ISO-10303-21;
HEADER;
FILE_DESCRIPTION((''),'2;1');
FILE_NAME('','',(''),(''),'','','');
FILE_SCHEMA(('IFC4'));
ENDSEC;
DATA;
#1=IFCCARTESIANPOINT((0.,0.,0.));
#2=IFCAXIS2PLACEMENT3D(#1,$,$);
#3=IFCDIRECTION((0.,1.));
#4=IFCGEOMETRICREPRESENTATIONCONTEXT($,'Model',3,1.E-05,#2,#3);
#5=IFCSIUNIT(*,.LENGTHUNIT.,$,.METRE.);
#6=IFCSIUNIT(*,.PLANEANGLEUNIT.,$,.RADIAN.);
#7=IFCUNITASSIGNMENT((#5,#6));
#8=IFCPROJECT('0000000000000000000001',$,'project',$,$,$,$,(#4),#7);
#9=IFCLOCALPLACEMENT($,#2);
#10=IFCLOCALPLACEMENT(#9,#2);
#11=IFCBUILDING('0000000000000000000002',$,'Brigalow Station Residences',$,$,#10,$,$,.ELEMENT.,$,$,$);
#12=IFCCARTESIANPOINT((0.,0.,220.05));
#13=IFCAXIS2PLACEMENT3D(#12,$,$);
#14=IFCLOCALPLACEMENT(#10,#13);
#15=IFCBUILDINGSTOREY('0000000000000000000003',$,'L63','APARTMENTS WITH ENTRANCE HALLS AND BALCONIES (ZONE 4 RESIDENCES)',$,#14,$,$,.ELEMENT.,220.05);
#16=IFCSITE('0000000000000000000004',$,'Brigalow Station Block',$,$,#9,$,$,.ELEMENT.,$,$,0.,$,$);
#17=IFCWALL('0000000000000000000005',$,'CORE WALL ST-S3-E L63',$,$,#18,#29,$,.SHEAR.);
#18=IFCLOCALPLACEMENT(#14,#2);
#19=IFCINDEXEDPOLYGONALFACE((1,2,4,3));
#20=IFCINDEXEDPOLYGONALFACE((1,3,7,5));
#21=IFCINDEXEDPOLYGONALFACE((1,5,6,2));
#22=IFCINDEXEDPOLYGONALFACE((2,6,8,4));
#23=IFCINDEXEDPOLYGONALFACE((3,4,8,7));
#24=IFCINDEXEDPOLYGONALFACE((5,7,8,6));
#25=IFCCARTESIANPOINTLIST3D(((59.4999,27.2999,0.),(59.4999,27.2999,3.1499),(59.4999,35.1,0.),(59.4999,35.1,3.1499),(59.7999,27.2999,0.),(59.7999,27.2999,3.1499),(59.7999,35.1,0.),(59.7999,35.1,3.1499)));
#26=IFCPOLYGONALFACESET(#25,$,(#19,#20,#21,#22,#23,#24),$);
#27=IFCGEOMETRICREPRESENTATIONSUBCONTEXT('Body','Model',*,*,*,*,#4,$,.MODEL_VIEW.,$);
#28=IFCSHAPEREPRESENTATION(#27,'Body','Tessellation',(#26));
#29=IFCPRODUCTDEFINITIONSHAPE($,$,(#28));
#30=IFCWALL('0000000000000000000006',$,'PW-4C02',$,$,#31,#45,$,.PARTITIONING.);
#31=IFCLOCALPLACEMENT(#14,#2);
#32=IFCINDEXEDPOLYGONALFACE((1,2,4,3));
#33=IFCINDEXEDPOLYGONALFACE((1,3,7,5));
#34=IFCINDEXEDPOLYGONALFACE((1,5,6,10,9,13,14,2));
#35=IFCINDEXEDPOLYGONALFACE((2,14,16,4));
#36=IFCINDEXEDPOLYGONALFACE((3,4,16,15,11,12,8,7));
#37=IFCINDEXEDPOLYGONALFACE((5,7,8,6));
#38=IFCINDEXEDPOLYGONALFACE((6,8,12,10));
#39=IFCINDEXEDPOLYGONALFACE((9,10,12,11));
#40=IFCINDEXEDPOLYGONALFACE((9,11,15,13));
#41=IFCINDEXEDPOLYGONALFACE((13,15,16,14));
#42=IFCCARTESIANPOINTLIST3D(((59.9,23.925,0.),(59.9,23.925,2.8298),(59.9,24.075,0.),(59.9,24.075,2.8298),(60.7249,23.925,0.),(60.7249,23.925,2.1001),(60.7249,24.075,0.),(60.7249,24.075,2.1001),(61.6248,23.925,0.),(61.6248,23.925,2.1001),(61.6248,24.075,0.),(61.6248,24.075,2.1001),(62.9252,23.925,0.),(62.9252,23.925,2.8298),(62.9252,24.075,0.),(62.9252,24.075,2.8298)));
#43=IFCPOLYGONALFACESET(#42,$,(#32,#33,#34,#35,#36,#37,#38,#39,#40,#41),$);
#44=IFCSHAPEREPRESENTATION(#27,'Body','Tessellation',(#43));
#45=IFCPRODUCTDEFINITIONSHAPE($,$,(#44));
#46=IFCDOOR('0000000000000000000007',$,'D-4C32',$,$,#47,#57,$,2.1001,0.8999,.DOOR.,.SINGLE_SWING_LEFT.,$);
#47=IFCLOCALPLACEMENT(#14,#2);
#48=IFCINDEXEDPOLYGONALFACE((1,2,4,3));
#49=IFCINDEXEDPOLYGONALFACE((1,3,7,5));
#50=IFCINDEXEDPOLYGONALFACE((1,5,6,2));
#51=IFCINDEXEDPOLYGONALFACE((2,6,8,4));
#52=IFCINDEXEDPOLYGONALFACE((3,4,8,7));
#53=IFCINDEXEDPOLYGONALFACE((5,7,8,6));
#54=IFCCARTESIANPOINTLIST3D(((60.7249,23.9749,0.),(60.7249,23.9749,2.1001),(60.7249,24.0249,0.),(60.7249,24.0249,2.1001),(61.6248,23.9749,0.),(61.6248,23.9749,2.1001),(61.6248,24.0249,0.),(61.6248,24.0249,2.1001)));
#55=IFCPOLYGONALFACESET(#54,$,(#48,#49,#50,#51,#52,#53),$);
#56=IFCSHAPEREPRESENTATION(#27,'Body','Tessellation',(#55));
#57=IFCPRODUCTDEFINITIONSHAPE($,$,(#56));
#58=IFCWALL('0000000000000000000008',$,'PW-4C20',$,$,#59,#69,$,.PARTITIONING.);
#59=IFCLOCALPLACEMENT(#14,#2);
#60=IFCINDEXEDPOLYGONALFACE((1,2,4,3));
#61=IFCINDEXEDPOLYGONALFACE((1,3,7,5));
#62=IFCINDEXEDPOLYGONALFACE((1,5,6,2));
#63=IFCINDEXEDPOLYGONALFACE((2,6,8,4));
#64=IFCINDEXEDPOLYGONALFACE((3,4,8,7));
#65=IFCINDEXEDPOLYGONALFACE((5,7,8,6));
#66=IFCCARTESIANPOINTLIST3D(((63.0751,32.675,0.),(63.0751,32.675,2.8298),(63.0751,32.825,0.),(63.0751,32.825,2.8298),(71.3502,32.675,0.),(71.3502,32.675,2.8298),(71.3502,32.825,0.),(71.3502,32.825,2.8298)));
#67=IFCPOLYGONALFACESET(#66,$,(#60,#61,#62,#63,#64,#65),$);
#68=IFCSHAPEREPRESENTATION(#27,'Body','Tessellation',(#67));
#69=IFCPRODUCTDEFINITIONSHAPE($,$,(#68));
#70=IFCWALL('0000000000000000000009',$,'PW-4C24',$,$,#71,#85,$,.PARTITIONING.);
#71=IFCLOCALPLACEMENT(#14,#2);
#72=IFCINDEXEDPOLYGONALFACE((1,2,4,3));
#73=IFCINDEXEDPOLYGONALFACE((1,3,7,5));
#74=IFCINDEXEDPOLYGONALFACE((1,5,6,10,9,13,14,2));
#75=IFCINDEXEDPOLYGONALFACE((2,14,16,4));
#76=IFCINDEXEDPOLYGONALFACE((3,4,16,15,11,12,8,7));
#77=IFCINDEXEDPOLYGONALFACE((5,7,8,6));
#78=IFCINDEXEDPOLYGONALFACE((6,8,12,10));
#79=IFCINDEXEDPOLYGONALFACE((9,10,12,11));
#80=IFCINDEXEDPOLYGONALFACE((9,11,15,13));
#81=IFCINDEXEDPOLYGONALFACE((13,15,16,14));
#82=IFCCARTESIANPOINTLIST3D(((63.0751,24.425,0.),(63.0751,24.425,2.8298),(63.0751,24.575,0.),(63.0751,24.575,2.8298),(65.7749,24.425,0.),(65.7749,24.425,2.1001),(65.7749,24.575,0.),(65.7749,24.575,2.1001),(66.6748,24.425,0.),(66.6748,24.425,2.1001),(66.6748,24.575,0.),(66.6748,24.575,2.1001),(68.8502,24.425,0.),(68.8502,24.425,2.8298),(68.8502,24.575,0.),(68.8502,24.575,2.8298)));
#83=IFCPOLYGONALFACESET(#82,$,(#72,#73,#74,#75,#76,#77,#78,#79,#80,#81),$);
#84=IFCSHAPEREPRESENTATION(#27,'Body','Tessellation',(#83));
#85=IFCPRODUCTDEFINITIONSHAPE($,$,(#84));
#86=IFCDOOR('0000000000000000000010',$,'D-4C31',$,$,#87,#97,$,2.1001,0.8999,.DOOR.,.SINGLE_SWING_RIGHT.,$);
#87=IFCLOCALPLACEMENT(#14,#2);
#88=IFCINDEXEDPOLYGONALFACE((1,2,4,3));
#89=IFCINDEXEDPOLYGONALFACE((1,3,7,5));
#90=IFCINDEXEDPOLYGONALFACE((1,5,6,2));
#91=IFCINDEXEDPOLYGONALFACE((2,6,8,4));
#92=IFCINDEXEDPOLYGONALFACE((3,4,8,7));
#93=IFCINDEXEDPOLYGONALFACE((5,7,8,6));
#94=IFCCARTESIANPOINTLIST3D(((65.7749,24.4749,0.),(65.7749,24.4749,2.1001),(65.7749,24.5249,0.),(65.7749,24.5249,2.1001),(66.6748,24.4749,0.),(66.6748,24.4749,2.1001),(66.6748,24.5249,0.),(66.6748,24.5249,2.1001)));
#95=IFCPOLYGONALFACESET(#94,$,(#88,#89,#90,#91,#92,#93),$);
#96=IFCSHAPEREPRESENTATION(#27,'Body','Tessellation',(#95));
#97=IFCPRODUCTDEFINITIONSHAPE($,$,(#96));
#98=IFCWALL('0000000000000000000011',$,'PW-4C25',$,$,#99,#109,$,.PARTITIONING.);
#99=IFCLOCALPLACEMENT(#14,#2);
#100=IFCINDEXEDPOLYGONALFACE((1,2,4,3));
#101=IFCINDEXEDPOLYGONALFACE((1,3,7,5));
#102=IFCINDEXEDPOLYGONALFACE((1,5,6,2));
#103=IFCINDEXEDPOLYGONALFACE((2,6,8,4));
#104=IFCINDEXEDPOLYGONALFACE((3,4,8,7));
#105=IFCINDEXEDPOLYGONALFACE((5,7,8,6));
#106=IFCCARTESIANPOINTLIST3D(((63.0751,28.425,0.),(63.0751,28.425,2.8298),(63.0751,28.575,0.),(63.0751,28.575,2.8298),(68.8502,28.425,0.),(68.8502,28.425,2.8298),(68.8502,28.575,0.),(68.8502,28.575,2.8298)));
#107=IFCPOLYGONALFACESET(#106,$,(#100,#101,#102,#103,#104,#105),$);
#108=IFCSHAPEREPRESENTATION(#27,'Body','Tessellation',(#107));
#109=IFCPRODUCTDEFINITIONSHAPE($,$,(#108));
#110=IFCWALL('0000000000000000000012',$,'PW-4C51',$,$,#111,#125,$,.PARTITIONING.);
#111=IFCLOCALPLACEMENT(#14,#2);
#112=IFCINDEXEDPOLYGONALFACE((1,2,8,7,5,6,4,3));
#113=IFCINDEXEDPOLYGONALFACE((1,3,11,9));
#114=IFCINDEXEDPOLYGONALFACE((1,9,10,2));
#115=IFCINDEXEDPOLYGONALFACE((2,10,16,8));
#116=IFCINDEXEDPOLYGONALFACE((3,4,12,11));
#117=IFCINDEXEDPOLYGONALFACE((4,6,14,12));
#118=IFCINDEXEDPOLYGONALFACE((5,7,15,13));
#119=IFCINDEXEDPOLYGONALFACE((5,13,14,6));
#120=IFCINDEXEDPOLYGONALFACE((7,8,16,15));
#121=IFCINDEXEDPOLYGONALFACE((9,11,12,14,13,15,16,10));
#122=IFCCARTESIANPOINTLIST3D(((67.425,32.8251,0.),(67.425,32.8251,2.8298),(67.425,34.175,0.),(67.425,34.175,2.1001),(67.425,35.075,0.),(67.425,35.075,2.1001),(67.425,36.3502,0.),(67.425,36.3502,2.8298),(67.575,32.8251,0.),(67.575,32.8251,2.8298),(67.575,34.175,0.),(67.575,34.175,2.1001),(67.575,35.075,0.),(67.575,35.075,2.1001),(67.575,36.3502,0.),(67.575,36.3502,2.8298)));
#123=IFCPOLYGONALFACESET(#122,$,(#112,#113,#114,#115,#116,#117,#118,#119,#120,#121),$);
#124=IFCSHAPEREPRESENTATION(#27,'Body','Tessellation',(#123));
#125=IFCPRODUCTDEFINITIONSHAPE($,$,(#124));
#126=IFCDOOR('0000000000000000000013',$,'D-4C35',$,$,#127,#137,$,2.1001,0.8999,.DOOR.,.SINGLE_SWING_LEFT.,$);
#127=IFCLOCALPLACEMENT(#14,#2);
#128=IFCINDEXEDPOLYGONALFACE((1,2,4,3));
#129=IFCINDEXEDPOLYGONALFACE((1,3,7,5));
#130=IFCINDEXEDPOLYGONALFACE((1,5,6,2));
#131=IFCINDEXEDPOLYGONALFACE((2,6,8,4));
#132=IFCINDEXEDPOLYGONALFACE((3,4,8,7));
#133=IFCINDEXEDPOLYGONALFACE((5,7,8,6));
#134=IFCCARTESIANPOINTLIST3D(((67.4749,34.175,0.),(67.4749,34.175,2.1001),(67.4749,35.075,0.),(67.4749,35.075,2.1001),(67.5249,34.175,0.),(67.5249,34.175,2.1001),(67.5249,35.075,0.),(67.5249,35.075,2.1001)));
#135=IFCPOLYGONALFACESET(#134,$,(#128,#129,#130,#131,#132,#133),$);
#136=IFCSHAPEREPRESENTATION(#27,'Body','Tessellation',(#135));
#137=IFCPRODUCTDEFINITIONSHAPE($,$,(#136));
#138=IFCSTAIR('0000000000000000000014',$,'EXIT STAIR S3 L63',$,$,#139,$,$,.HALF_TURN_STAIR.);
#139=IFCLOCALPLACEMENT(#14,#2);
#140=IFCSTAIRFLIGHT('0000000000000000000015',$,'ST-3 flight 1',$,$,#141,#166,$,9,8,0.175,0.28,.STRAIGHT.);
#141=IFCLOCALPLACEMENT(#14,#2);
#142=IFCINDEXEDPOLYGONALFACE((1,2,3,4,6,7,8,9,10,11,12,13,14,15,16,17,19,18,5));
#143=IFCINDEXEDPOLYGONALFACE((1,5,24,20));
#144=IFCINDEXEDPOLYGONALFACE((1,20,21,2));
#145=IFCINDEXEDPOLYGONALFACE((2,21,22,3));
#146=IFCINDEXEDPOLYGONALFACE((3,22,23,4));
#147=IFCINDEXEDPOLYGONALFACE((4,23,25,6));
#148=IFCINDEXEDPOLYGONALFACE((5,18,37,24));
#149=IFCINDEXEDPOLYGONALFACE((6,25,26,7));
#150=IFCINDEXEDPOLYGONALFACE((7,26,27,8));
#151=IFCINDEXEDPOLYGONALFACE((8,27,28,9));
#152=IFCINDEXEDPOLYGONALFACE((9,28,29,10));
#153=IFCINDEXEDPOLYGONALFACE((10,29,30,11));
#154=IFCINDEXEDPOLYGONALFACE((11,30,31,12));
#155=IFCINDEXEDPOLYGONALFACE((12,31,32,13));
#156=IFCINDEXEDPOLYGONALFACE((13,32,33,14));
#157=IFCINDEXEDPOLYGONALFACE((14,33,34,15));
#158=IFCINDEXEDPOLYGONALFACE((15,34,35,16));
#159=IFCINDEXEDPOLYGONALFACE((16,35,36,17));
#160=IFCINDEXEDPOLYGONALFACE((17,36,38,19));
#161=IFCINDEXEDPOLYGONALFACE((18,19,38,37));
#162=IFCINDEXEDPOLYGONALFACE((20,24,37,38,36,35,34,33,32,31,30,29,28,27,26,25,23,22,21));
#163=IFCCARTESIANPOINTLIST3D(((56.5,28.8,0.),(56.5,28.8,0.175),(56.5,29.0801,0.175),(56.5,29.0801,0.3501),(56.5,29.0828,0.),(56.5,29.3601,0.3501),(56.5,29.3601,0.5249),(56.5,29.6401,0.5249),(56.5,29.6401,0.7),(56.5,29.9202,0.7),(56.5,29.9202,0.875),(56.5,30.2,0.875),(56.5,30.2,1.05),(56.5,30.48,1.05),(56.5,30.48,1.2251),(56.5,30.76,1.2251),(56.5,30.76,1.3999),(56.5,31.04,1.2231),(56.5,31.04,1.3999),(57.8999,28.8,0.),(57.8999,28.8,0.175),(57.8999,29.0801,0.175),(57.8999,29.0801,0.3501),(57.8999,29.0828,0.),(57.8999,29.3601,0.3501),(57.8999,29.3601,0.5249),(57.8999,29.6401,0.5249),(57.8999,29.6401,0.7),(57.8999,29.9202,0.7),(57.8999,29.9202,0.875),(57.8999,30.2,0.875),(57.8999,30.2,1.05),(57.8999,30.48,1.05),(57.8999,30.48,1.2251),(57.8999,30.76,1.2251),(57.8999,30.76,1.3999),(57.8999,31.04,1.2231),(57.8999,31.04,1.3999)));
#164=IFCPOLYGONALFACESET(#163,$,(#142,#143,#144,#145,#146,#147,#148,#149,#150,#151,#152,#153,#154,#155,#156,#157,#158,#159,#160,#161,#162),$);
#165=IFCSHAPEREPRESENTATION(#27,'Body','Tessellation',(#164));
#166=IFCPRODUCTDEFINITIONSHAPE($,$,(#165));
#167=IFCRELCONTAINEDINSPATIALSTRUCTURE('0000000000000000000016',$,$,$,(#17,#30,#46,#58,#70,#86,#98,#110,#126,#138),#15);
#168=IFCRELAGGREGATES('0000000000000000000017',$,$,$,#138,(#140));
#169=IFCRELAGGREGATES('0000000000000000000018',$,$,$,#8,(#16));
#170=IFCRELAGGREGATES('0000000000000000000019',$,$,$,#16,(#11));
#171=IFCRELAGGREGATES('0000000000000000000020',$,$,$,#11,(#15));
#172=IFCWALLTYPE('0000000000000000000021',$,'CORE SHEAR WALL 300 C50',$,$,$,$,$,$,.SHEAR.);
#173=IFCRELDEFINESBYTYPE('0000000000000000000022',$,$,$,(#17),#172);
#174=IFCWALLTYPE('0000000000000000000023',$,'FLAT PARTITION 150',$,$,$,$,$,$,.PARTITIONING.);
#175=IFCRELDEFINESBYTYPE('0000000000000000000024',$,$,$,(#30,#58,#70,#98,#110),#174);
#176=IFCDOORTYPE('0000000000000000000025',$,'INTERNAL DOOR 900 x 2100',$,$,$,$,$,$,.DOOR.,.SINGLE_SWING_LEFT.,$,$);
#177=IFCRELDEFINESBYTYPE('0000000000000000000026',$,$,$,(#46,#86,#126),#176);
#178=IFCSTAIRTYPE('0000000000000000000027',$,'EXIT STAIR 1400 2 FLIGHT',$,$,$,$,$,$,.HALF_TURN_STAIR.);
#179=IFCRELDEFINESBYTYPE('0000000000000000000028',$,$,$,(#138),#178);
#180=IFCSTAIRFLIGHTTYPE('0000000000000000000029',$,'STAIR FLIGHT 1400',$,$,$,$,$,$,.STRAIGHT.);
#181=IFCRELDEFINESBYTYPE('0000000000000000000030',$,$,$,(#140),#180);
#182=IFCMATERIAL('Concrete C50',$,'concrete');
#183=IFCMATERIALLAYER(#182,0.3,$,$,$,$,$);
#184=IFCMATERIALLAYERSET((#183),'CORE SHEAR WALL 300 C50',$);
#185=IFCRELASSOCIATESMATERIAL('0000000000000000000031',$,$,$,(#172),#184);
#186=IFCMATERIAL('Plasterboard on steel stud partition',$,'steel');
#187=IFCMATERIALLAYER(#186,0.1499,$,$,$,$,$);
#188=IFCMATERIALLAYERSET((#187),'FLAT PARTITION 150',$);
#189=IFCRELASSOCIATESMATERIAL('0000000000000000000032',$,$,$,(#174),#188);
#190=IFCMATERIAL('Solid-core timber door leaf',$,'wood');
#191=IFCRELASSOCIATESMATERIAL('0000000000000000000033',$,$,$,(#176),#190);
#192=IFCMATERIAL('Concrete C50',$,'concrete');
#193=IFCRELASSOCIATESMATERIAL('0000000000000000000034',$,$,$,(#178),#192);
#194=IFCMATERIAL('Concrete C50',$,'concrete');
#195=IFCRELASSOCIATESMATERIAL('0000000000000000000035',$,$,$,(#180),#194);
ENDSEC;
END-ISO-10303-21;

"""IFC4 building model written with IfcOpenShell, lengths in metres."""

from ifc_helpers import new_model, si_unit, direction, frame, frame_2d, origin, place, context, subcontext, project, spatial, polyline, rectangle, outline, extrude, material, layer, layer_set, type_object, element, fill, aggregate, save


model = new_model("IFC4")

# Units and contexts
model_context = context("Model", 3, precision=1e-05, world=origin(), true_north=direction((0.0, 1.0)))
body_context = subcontext(model_context, "Body", "Model", "MODEL_VIEW")
ifc_project = project(units=[si_unit("LENGTHUNIT", "METRE"), si_unit("PLANEANGLEUNIT", "RADIAN")], contexts=[model_context])

# Site, building, storey
site_placement = place(None, origin())
site = spatial("IfcSite", under=ifc_project, at=site_placement, Name="Brigalow Station Block", CompositionType="ELEMENT", RefElevation=0.0)
building_placement = place(site_placement, origin())
building = spatial("IfcBuilding", under=site, at=building_placement, Name="Brigalow Station Residences", CompositionType="ELEMENT")
storey_placement = place(building_placement, frame((0.0, 0.0, 220.05)))
storey = spatial("IfcBuildingStorey", under=building, at=storey_placement, Name="L63", Description="APARTMENTS WITH ENTRANCE HALLS AND BALCONIES (ZONE 4 RESIDENCES)", CompositionType="ELEMENT", Elevation=220.05)

# Wall
ifc_material_1 = material(Name="Concrete C50", Category="concrete")
ifc_layer_1 = layer(ifc_material_1, 0.3)
ifc_layer_set_1 = layer_set([ifc_layer_1], Name="CORE SHEAR WALL 300 C50")
wall_type_1 = type_object("IfcWallType", Name="CORE SHEAR WALL 300 C50", PredefinedType="SHEAR", material=ifc_layer_set_1)
for number, where, z_axis, x_axis, name in (
    (1, (59.6499, 27.3, 0.0), (0.0, 0.0, 1.0), (0.0, 1.0, 0.0), "CORE WALL ST-S3-E L63"),
):
    element("IfcWall", number, at=place(storey_placement, frame(where, z_axis=z_axis, x_axis=x_axis)), inside=storey, type_object=wall_type_1, Name=name, PredefinedType="SHEAR", context=body_context, shape_type="SweptSolid", body=[
        extrude(rectangle(XDim=7.8, YDim=0.3, at=frame_2d((3.8999, 0.0))), origin(), (0.0, 0.0, 1.0), 3.1499),
    ])

# Wall, opening, door
ifc_material_2 = material(Name="Plasterboard on steel stud partition", Category="steel")
ifc_layer_2 = layer(ifc_material_2, 0.1499)
ifc_layer_set_2 = layer_set([ifc_layer_2], Name="FLAT PARTITION 150")
wall_type_2 = type_object("IfcWallType", Name="FLAT PARTITION 150", PredefinedType="PARTITIONING", material=ifc_layer_set_2)
wall_1_placement = place(storey_placement, frame((59.8999, 24.0, 0.0), z_axis=(0.0, 0.0, 1.0), x_axis=(1.0, 0.0, 0.0)))
wall_1 = element("IfcWall", 2, at=wall_1_placement, inside=storey, type_object=wall_type_2, Name="PW-4C02", PredefinedType="PARTITIONING", context=body_context, shape_type="SweptSolid", body=[
    extrude(rectangle(XDim=3.0251, YDim=0.1499, at=frame_2d((1.5127, 0.0))), origin(), (0.0, 0.0, 1.0), 2.8298),
])
opening_1_placement = place(wall_1_placement, frame((0.825, 0.0, 0.0)))
opening_1 = element("IfcOpeningElement", 3, at=opening_1_placement, cuts=wall_1, PredefinedType="OPENING", context=body_context, shape_type="SweptSolid", body=[
    extrude(rectangle(XDim=0.8999, YDim=2.1001, at=frame_2d((0.45, 1.05))), frame((0.0, 0.085, 0.0), z_axis=(0.0, -1.0, 0.0), x_axis=(1.0, 0.0, 0.0)), (0.0, 0.0, 1.0), 0.1699),
])
ifc_material_3 = material(Name="Solid-core timber door leaf", Category="wood")
door_type_1 = type_object("IfcDoorType", Name="INTERNAL DOOR 900 x 2100", OperationType="SINGLE_SWING_LEFT", PredefinedType="DOOR", material=ifc_material_3)
door_1_placement = place(opening_1_placement, origin())
door_1 = element("IfcDoor", 4, at=door_1_placement, inside=storey, type_object=door_type_1, Name="D-4C32", OperationType="SINGLE_SWING_LEFT", OverallHeight=2.1001, OverallWidth=0.8999, PredefinedType="DOOR", context=body_context, shape_type="SweptSolid", body=[
    extrude(rectangle(XDim=0.8999, YDim=2.1001, at=frame_2d((0.45, 1.05))), frame((0.0, 0.0249, 0.0), z_axis=(0.0, -1.0, 0.0), x_axis=(1.0, 0.0, 0.0)), (0.0, 0.0, 1.0), 0.05),
])
fill(opening_1, door_1)

# Wall
wall_2_placement = place(storey_placement, frame((63.075, 32.75, 0.0), z_axis=(0.0, 0.0, 1.0), x_axis=(1.0, 0.0, 0.0)))
element("IfcWall", 5, at=wall_2_placement, inside=storey, type_object=wall_type_2, Name="PW-4C20", PredefinedType="PARTITIONING", context=body_context, shape_type="SweptSolid", body=[
    extrude(rectangle(XDim=8.2751, YDim=0.1499, at=frame_2d((4.1377, 0.0))), origin(), (0.0, 0.0, 1.0), 2.8298),
])

# Wall, opening, door
wall_3_placement = place(storey_placement, frame((63.075, 24.5, 0.0), z_axis=(0.0, 0.0, 1.0), x_axis=(1.0, 0.0, 0.0)))
wall_3 = element("IfcWall", 6, at=wall_3_placement, inside=storey, type_object=wall_type_2, Name="PW-4C24", PredefinedType="PARTITIONING", context=body_context, shape_type="SweptSolid", body=[
    extrude(rectangle(XDim=5.7751, YDim=0.1499, at=frame_2d((2.8877, 0.0))), origin(), (0.0, 0.0, 1.0), 2.8298),
])
opening_2_placement = place(wall_3_placement, frame((2.7, 0.0, 0.0)))
opening_2 = element("IfcOpeningElement", 7, at=opening_2_placement, cuts=wall_3, PredefinedType="OPENING", context=body_context, shape_type="SweptSolid", body=[
    extrude(rectangle(XDim=0.8999, YDim=2.1001, at=frame_2d((0.45, 1.05))), frame((0.0, 0.085, 0.0), z_axis=(0.0, -1.0, 0.0), x_axis=(1.0, 0.0, 0.0)), (0.0, 0.0, 1.0), 0.1699),
])
door_2_placement = place(opening_2_placement, origin())
door_2 = element("IfcDoor", 8, at=door_2_placement, inside=storey, type_object=door_type_1, Name="D-4C31", OperationType="SINGLE_SWING_RIGHT", OverallHeight=2.1001, OverallWidth=0.8999, PredefinedType="DOOR", context=body_context, shape_type="SweptSolid", body=[
    extrude(rectangle(XDim=0.8999, YDim=2.1001, at=frame_2d((0.45, 1.05))), frame((0.0, 0.0249, 0.0), z_axis=(0.0, -1.0, 0.0), x_axis=(1.0, 0.0, 0.0)), (0.0, 0.0, 1.0), 0.05),
])
fill(opening_2, door_2)

# Wall
wall_4_placement = place(storey_placement, frame((63.075, 28.5, 0.0), z_axis=(0.0, 0.0, 1.0), x_axis=(1.0, 0.0, 0.0)))
element("IfcWall", 9, at=wall_4_placement, inside=storey, type_object=wall_type_2, Name="PW-4C25", PredefinedType="PARTITIONING", context=body_context, shape_type="SweptSolid", body=[
    extrude(rectangle(XDim=5.7751, YDim=0.1499, at=frame_2d((2.8877, 0.0))), origin(), (0.0, 0.0, 1.0), 2.8298),
])

# Wall, opening, door
wall_5_placement = place(storey_placement, frame((67.5, 32.825, 0.0), z_axis=(0.0, 0.0, 1.0), x_axis=(0.0, 1.0, 0.0)))
wall_5 = element("IfcWall", 10, at=wall_5_placement, inside=storey, type_object=wall_type_2, Name="PW-4C51", PredefinedType="PARTITIONING", context=body_context, shape_type="SweptSolid", body=[
    extrude(rectangle(XDim=3.5251, YDim=0.1499, at=frame_2d((1.7627, 0.0))), origin(), (0.0, 0.0, 1.0), 2.8298),
])
opening_3_placement = place(wall_5_placement, frame((1.3501, 0.0, 0.0)))
opening_3 = element("IfcOpeningElement", 11, at=opening_3_placement, cuts=wall_5, PredefinedType="OPENING", context=body_context, shape_type="SweptSolid", body=[
    extrude(rectangle(XDim=0.8999, YDim=2.1001, at=frame_2d((0.45, 1.05))), frame((0.0, 0.085, 0.0), z_axis=(0.0, -1.0, 0.0), x_axis=(1.0, 0.0, 0.0)), (0.0, 0.0, 1.0), 0.1699),
])
door_3_placement = place(opening_3_placement, frame((0.8999, 0.0, 0.0), z_axis=(0.0, 0.0, 1.0), x_axis=(-1.0, 0.0, 0.0)))
door_3 = element("IfcDoor", 12, at=door_3_placement, inside=storey, type_object=door_type_1, Name="D-4C35", OperationType="SINGLE_SWING_LEFT", OverallHeight=2.1001, OverallWidth=0.8999, PredefinedType="DOOR", context=body_context, shape_type="SweptSolid", body=[
    extrude(rectangle(XDim=0.8999, YDim=2.1001, at=frame_2d((0.45, 1.05))), frame((0.0, 0.0249, 0.0), z_axis=(0.0, -1.0, 0.0), x_axis=(1.0, 0.0, 0.0)), (0.0, 0.0, 1.0), 0.05),
])
fill(opening_3, door_3)

# Stair, stair flight
ifc_material_4 = material(Name="Concrete C50", Category="concrete")
stair_type = type_object("IfcStairType", Name="EXIT STAIR 1400 2 FLIGHT", PredefinedType="HALF_TURN_STAIR", material=ifc_material_4)
stair_placement = place(storey_placement, origin())
stair = element("IfcStair", 13, at=stair_placement, inside=storey, type_object=stair_type, Name="EXIT STAIR S3 L63", PredefinedType="HALF_TURN_STAIR")
ifc_material_5 = material(Name="Concrete C50", Category="concrete")
stair_flight_type = type_object("IfcStairFlightType", Name="STAIR FLIGHT 1400", PredefinedType="STRAIGHT", material=ifc_material_5)
stair_flight_1_placement = place(storey_placement, frame((57.2, 28.8, 0.0), z_axis=(0.0, 0.0, 1.0), x_axis=(0.0, 1.0, 0.0)))
stair_flight_1 = element("IfcStairFlight", 14, at=stair_flight_1_placement, type_object=stair_flight_type, Name="ST-3 flight 1", NumberOfRisers=9, NumberOfTreads=8, PredefinedType="STRAIGHT", RiserHeight=0.175, TreadLength=0.28, context=body_context, shape_type="SweptSolid", body=[
    extrude(outline(polyline([(0.0, 0.0), (0.0, 0.175), (0.28, 0.175), (0.28, 0.3501), (0.5601, 0.3501), (0.5601, 0.5249), (0.8401, 0.5249), (0.8401, 0.7), (1.1201, 0.7), (1.1201, 0.875), (1.3999, 0.875), (1.3999, 1.05), (1.6799, 1.05), (1.6799, 1.2251), (1.96, 1.2251), (1.96, 1.3999), (2.24, 1.3999), (2.24, 1.575), (2.24, 1.2231), (0.2827, 0.0), (0.0, 0.0)])), frame((0.0, 0.7, 0.0), z_axis=(0.0, -1.0, 0.0), x_axis=(1.0, 0.0, 0.0)), (0.0, 0.0, 1.0), 1.3999),
])
aggregate(stair, [stair_flight_1])

save(model, "model.ifc")
